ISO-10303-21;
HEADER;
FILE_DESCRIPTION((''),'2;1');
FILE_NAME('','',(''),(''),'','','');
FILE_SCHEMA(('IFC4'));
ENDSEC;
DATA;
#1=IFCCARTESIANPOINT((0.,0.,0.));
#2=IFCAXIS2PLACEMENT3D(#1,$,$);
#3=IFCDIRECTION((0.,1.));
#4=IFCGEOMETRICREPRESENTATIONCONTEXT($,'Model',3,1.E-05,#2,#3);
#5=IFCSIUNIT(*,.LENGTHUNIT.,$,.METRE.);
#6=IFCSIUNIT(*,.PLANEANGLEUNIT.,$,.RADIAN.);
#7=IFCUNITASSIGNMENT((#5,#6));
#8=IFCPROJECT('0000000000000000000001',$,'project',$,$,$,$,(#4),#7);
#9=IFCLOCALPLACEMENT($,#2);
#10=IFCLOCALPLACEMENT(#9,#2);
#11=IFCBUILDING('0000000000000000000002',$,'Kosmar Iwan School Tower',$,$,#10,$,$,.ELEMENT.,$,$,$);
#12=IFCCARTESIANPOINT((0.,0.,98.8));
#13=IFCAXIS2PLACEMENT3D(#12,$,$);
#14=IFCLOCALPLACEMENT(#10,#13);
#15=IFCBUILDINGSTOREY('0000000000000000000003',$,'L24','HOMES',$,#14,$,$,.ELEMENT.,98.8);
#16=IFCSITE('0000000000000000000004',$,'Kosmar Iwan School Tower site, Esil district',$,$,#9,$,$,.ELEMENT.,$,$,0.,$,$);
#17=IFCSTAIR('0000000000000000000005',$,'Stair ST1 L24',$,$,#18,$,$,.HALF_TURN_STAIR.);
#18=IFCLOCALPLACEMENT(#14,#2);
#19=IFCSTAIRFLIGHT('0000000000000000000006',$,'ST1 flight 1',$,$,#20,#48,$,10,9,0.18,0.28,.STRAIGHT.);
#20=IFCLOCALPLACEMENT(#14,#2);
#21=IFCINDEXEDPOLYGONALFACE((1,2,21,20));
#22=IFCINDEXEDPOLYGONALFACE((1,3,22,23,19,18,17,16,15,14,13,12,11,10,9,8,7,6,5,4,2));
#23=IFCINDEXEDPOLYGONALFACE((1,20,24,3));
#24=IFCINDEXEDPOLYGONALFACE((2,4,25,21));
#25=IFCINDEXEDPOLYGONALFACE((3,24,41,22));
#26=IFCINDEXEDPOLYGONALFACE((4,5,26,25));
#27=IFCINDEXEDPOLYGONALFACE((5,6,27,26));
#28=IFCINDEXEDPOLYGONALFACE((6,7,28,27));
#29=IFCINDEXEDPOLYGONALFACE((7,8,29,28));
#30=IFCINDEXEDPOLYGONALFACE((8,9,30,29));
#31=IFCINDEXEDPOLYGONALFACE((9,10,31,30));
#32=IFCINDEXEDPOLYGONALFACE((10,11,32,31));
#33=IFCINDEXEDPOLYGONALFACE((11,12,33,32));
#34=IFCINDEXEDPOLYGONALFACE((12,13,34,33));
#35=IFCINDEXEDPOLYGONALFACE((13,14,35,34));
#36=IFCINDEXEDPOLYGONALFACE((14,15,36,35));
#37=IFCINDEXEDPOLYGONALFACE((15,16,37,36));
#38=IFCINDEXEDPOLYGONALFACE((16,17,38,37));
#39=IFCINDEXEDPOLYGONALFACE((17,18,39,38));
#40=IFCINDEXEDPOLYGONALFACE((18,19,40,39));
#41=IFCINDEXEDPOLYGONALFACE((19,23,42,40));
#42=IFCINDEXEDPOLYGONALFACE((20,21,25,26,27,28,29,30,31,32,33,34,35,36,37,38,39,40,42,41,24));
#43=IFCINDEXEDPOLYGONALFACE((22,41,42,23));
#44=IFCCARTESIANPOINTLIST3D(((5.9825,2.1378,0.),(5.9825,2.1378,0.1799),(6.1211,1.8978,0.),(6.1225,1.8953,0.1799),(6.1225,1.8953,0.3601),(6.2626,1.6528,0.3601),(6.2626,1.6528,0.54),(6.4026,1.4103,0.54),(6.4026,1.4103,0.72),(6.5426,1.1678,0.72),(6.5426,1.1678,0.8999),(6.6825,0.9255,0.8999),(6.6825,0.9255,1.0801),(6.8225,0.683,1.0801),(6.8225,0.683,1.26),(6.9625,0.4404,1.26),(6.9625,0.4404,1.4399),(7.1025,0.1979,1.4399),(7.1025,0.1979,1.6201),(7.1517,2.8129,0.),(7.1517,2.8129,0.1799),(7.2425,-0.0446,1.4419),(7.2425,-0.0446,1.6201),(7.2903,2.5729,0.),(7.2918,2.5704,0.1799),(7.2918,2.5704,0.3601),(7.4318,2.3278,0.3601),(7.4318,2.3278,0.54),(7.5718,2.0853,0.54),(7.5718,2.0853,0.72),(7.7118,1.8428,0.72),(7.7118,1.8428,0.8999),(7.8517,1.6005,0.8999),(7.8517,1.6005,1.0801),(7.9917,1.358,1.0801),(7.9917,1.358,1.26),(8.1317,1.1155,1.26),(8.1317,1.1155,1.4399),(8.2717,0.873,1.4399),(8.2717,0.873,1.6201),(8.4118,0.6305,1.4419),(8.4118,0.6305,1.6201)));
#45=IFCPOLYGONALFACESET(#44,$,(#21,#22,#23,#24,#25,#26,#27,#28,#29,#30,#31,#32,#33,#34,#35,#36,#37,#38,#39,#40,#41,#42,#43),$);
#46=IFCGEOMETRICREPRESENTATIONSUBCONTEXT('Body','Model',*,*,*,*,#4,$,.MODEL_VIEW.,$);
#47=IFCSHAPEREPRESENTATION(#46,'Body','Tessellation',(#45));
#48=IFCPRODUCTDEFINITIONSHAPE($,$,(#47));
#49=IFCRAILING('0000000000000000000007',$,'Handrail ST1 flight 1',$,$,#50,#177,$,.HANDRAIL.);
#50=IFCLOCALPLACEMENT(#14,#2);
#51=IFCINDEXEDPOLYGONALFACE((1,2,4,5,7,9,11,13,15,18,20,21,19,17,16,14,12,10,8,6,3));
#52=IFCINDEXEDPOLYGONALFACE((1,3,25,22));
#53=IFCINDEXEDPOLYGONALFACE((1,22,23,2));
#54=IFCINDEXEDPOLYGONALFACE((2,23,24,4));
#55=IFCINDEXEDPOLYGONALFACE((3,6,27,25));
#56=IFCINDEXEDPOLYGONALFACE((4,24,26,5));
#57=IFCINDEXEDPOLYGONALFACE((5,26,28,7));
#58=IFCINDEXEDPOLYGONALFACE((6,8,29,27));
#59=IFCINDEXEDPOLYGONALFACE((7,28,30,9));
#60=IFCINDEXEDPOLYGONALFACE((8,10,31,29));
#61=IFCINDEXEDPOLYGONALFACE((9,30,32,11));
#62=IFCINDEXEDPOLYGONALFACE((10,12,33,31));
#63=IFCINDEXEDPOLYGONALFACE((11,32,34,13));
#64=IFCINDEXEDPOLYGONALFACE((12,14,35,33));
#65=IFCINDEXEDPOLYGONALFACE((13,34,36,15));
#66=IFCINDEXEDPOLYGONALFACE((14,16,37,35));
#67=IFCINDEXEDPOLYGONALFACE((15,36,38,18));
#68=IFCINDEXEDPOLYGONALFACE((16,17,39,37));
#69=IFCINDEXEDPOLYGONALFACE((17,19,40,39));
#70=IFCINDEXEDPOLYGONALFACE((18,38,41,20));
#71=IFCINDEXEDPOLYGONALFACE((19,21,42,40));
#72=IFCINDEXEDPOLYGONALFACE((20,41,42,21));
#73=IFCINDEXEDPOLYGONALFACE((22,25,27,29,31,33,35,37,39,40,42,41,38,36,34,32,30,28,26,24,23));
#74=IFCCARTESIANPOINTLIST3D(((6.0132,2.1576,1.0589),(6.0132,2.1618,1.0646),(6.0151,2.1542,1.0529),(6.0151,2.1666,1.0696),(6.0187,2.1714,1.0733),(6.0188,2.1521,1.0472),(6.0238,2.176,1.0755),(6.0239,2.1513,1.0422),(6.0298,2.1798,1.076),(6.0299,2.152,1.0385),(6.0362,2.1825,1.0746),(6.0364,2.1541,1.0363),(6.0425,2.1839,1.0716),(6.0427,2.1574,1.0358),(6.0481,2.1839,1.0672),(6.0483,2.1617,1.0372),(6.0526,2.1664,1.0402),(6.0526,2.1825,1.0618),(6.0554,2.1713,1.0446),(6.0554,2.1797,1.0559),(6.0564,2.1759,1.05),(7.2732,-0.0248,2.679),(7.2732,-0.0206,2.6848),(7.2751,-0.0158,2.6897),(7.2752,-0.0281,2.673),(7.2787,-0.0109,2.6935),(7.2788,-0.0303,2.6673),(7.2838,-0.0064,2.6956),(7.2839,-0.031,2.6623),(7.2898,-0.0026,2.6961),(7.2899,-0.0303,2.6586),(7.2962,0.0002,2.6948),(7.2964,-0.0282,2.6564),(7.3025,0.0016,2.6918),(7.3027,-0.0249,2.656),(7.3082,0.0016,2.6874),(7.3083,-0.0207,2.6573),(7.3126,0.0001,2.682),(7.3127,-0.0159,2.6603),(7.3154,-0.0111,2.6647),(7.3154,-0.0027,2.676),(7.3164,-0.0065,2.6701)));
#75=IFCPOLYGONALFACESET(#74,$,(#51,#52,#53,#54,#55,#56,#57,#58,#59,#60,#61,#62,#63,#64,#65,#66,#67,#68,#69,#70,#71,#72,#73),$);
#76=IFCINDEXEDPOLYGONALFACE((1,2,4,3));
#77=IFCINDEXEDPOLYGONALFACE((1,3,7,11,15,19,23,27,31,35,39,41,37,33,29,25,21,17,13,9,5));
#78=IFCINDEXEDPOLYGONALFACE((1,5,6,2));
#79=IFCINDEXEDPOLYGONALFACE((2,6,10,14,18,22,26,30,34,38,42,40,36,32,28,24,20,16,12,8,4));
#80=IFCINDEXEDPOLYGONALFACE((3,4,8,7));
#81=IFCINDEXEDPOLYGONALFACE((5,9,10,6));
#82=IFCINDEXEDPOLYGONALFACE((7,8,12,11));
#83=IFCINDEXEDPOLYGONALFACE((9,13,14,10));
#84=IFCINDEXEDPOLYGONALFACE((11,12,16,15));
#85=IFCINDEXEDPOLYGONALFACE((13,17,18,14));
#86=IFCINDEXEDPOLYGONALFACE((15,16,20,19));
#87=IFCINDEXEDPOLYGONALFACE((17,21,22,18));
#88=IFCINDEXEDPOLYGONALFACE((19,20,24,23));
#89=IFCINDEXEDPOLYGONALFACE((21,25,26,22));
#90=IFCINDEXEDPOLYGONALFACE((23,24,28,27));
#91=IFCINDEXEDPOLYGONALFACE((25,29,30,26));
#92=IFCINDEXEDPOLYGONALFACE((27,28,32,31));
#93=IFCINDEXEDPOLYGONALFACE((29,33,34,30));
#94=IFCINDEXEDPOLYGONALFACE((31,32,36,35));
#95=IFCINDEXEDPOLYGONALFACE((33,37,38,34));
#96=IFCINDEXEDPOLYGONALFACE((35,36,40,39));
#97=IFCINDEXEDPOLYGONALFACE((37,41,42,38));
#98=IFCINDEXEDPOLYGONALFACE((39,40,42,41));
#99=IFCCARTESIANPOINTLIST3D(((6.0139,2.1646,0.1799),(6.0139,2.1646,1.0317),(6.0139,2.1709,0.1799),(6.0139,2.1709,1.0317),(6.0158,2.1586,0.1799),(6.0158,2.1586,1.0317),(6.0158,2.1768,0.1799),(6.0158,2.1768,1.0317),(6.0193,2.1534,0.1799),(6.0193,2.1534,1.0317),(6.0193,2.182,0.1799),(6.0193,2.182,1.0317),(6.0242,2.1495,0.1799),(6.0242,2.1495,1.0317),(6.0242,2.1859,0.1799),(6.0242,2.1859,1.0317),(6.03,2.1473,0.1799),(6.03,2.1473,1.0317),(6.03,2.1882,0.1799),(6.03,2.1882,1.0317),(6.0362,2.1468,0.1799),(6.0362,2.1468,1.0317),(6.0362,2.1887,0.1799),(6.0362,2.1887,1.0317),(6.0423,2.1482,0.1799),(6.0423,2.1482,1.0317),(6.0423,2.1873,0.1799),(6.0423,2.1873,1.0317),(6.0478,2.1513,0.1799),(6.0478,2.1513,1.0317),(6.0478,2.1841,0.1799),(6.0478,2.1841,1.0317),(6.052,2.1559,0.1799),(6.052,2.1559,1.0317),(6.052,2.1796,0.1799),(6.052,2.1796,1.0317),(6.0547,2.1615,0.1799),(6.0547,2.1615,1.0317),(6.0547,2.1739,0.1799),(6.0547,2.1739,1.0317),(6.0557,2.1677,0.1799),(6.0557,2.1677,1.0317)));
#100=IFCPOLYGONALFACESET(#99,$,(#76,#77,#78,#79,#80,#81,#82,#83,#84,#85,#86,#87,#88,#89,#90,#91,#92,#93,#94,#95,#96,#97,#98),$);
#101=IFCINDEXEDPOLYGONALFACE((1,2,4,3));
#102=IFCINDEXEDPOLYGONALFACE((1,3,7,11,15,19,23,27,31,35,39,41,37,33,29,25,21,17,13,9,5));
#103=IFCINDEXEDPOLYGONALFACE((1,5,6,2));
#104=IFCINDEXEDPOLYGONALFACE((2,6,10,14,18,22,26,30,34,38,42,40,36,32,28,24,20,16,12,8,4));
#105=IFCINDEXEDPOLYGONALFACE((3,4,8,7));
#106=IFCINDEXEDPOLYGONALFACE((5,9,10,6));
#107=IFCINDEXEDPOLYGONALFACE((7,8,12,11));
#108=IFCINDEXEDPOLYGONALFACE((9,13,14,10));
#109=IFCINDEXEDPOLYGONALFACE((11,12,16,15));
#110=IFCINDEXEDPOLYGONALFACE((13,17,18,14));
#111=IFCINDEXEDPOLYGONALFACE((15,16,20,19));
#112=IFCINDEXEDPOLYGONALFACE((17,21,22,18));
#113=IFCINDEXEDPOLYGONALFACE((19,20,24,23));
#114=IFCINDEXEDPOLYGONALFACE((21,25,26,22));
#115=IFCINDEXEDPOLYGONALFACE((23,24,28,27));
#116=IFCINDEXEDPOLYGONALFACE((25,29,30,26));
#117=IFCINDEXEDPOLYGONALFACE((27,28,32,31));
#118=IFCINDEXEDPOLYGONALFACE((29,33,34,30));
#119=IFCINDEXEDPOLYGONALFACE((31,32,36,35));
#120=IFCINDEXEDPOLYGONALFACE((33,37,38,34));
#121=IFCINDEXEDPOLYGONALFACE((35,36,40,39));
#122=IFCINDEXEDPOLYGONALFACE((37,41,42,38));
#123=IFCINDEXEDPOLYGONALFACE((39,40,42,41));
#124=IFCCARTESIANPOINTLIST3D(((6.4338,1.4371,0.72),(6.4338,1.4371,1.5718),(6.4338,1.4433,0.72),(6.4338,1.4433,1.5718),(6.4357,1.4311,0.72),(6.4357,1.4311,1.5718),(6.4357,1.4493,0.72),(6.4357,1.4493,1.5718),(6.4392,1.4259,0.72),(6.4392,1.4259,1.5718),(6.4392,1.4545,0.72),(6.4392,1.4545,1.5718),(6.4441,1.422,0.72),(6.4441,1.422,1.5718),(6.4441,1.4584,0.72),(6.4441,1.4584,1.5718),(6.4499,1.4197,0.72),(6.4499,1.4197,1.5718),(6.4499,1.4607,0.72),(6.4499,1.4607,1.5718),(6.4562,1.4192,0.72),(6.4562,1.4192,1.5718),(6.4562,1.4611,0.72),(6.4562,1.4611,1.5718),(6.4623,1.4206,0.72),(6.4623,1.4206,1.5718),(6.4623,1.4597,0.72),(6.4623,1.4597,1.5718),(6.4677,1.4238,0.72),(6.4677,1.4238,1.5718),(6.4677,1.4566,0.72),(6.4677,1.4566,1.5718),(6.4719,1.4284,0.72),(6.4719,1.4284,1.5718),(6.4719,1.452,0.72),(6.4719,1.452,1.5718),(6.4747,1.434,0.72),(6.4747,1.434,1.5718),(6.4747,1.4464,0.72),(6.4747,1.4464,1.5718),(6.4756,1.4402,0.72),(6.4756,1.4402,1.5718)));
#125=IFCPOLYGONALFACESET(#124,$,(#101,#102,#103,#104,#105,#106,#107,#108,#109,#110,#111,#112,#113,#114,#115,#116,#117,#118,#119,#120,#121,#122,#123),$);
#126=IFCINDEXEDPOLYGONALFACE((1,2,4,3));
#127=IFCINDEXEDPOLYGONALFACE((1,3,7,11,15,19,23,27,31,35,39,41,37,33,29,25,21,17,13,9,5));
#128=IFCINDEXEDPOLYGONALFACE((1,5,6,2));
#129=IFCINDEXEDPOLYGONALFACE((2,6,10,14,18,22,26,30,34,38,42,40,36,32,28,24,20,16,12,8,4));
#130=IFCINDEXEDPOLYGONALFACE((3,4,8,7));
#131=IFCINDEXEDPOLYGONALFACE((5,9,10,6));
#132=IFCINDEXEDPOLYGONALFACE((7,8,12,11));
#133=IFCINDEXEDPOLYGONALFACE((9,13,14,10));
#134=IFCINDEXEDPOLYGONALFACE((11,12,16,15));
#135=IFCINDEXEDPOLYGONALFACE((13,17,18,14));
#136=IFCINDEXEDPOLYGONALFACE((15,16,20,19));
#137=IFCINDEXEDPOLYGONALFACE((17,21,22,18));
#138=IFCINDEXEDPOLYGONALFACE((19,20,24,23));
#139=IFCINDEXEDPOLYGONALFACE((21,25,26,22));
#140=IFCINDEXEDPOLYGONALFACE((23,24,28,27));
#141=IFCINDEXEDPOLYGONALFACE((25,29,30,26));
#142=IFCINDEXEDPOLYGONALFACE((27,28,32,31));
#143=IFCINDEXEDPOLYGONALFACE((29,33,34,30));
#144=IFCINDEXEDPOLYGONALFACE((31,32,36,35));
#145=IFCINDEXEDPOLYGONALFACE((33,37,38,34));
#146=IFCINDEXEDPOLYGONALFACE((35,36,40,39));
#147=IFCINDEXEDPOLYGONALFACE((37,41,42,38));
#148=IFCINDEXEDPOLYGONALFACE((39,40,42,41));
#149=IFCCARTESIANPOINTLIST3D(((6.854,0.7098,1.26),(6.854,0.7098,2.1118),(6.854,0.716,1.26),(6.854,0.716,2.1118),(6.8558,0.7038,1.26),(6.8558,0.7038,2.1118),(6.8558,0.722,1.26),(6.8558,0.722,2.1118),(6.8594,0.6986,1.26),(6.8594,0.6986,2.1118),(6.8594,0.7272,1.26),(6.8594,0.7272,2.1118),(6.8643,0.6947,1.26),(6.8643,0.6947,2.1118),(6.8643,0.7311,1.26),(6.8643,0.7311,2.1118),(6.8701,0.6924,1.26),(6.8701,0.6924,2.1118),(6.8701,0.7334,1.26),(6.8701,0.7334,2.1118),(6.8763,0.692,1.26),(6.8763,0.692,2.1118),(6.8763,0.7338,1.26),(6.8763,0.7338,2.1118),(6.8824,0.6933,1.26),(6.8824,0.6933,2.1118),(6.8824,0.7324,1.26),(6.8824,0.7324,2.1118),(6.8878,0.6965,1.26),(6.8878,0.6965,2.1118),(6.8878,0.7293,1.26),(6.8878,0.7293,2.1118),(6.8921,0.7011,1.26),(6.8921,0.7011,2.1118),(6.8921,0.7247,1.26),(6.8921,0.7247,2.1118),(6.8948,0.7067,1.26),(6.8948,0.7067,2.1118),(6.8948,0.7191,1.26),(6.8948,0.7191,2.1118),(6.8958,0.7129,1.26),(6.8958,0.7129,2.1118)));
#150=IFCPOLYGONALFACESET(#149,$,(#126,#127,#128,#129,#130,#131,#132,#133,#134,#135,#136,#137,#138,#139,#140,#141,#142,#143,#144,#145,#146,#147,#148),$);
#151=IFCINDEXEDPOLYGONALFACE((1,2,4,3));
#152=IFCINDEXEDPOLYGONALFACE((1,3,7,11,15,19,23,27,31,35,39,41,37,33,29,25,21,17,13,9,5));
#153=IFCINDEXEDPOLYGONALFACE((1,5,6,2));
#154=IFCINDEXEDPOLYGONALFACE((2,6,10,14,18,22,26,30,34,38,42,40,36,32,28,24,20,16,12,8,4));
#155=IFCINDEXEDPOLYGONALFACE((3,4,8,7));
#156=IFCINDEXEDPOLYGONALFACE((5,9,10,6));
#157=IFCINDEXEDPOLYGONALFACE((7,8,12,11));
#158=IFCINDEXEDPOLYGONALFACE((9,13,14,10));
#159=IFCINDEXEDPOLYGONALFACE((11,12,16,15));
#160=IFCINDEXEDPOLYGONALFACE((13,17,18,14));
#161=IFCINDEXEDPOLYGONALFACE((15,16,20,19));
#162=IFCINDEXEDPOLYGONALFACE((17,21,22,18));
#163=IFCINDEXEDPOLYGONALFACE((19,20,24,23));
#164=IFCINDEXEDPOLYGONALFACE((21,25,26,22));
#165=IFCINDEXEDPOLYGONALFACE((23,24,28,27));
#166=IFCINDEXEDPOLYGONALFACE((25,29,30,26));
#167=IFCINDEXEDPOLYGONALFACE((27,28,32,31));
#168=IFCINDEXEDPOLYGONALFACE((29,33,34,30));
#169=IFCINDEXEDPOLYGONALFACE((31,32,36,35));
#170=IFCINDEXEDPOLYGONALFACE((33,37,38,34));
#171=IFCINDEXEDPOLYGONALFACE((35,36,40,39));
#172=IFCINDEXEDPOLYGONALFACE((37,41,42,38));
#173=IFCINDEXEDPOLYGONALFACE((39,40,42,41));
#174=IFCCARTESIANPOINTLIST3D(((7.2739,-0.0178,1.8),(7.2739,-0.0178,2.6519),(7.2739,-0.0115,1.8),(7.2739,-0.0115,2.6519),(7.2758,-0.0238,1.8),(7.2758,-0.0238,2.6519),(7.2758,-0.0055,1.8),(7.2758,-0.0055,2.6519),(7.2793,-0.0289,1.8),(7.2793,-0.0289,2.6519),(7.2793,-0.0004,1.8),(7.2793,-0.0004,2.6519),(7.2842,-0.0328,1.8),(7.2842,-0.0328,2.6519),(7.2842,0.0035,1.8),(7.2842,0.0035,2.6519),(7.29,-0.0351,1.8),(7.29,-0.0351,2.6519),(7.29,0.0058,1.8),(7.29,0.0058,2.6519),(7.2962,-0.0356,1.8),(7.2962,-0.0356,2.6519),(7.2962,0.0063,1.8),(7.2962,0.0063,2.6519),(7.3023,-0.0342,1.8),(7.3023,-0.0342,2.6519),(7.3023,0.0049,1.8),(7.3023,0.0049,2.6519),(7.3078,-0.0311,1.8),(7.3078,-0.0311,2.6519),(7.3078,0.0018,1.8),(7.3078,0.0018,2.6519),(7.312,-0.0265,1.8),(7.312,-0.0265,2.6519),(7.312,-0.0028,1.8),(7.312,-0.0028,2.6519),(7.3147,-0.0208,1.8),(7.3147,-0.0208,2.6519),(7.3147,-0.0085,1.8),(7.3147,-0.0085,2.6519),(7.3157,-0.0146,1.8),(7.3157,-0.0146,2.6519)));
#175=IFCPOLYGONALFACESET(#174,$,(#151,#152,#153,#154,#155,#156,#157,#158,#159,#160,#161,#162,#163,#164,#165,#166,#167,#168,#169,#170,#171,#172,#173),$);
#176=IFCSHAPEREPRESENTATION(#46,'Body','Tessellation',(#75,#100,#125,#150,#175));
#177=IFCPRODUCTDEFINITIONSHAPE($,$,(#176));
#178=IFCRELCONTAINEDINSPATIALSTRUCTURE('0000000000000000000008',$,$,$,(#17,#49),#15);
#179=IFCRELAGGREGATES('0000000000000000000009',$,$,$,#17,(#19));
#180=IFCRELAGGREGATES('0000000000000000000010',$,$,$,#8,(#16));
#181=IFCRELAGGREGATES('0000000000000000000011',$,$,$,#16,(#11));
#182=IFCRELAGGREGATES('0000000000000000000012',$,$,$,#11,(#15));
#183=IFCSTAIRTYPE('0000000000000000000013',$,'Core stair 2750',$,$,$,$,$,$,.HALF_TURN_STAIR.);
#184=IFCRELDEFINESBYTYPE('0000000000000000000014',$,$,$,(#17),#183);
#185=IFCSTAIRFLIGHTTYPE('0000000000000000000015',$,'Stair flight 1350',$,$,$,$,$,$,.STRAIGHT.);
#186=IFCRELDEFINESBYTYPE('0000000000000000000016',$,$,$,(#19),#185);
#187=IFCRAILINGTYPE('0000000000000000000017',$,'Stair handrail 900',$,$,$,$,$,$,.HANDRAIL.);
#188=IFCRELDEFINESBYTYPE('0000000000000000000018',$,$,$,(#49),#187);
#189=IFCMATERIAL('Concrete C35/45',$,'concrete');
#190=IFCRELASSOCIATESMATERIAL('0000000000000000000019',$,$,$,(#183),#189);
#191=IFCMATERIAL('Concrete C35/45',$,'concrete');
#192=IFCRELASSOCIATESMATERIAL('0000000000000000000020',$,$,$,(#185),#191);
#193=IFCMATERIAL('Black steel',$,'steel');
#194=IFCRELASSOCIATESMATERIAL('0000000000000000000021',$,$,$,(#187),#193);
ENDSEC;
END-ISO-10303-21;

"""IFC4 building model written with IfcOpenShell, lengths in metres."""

from ifc_helpers import new_model, si_unit, direction, frame, origin, origin_2d, place, context, subcontext, project, spatial, polyline, circle, outline, extrude, material, type_object, element, aggregate, save


model = new_model("IFC4")

# Units and contexts
model_context = context("Model", 3, precision=1e-05, world=origin(), true_north=direction((0.0, 1.0)))
body_context = subcontext(model_context, "Body", "Model", "MODEL_VIEW")
ifc_project = project(units=[si_unit("LENGTHUNIT", "METRE"), si_unit("PLANEANGLEUNIT", "RADIAN")], contexts=[model_context])

# Site, building, storey
site_placement = place(None, origin())
site = spatial("IfcSite", under=ifc_project, at=site_placement, Name="Kosmar Iwan School Tower site, Esil district", CompositionType="ELEMENT", RefElevation=0.0)
building_placement = place(site_placement, origin())
building = spatial("IfcBuilding", under=site, at=building_placement, Name="Kosmar Iwan School Tower", CompositionType="ELEMENT")
storey_placement = place(building_placement, frame((0.0, 0.0, 98.8)))
storey = spatial("IfcBuildingStorey", under=building, at=storey_placement, Name="L24", Description="HOMES", CompositionType="ELEMENT", Elevation=98.8)

# Stair, stair flight
ifc_material_1 = material(Name="Concrete C35/45", Category="concrete")
stair_type_1 = type_object("IfcStairType", Name="Core stair 2750", PredefinedType="HALF_TURN_STAIR", material=ifc_material_1)
stair_1_placement = place(storey_placement, origin())
stair_1 = element("IfcStair", 1, at=stair_1_placement, inside=storey, type_object=stair_type_1, Name="Stair ST1 L24", PredefinedType="HALF_TURN_STAIR")
ifc_material_2 = material(Name="Concrete C35/45", Category="concrete")
stair_flight_type = type_object("IfcStairFlightType", Name="Stair flight 1350", PredefinedType="STRAIGHT", material=ifc_material_2)
stair_flight_placement = place(storey_placement, frame((6.5671, 2.4753, 0.0), z_axis=(0.0, 0.0, 1.0), x_axis=(0.5, -0.866025, 0.0)))
stair_flight = element("IfcStairFlight", 2, at=stair_flight_placement, type_object=stair_flight_type, Name="ST1 flight 1", NumberOfRisers=10, NumberOfTreads=9, PredefinedType="STRAIGHT", RiserHeight=0.18, TreadLength=0.28, context=body_context, shape_type="SweptSolid", body=[
    extrude(outline(polyline([(0.0, 0.0), (0.0, 0.1799), (0.28, 0.1799), (0.28, 0.3601), (0.5601, 0.3601), (0.5601, 0.54), (0.8401, 0.54), (0.8401, 0.72), (1.1201, 0.72), (1.1201, 0.8999), (1.3999, 0.8999), (1.3999, 1.0801), (1.6799, 1.0801), (1.6799, 1.26), (1.96, 1.26), (1.96, 1.4399), (2.24, 1.4399), (2.24, 1.6201), (2.52, 1.6201), (2.52, 1.8), (2.52, 1.4419), (0.2771, 0.0), (0.0, 0.0)])), frame((0.0, 0.675, 0.0), z_axis=(0.0, -1.0, 0.0), x_axis=(1.0, 0.0, 0.0)), (0.0, 0.0, 1.0), 1.3501),
])
aggregate(stair_1, [stair_flight])

# Railing
ifc_material_3 = material(Name="Black steel", Category="steel")
railing_type = type_object("IfcRailingType", Name="Stair handrail 900", PredefinedType="HANDRAIL", material=ifc_material_3)
railing_placement = place(storey_placement, frame((6.0347, 2.1677, 0.1799)))
element("IfcRailing", 3, at=railing_placement, inside=storey, type_object=railing_type, Name="Handrail ST1 flight 1", PredefinedType="HANDRAIL", context=body_context, shape_type="SweptSolid", body=[
    extrude(circle(Radius=0.0239, at=origin_2d()), frame((0.0, 0.0, 0.876), z_axis=(0.420584, -0.728464, 0.540786), x_axis=(0.866023, 0.500005, 0.0)), (0.0, 0.0, 1.0), 2.9958),
    extrude(circle(Radius=0.021, at=origin_2d()), origin(), (0.0, 0.0, 1.0), 0.8518),
    extrude(circle(Radius=0.021, at=origin_2d()), frame((0.4199, -0.7275, 0.54)), (0.0, 0.0, 1.0), 0.8518),
    extrude(circle(Radius=0.021, at=origin_2d()), frame((0.8401, -1.4548, 1.0801)), (0.0, 0.0, 1.0), 0.8518),
    extrude(circle(Radius=0.021, at=origin_2d()), frame((1.26, -2.1824, 1.6201)), (0.0, 0.0, 1.0), 0.8518),
])

save(model, "model.ifc")
